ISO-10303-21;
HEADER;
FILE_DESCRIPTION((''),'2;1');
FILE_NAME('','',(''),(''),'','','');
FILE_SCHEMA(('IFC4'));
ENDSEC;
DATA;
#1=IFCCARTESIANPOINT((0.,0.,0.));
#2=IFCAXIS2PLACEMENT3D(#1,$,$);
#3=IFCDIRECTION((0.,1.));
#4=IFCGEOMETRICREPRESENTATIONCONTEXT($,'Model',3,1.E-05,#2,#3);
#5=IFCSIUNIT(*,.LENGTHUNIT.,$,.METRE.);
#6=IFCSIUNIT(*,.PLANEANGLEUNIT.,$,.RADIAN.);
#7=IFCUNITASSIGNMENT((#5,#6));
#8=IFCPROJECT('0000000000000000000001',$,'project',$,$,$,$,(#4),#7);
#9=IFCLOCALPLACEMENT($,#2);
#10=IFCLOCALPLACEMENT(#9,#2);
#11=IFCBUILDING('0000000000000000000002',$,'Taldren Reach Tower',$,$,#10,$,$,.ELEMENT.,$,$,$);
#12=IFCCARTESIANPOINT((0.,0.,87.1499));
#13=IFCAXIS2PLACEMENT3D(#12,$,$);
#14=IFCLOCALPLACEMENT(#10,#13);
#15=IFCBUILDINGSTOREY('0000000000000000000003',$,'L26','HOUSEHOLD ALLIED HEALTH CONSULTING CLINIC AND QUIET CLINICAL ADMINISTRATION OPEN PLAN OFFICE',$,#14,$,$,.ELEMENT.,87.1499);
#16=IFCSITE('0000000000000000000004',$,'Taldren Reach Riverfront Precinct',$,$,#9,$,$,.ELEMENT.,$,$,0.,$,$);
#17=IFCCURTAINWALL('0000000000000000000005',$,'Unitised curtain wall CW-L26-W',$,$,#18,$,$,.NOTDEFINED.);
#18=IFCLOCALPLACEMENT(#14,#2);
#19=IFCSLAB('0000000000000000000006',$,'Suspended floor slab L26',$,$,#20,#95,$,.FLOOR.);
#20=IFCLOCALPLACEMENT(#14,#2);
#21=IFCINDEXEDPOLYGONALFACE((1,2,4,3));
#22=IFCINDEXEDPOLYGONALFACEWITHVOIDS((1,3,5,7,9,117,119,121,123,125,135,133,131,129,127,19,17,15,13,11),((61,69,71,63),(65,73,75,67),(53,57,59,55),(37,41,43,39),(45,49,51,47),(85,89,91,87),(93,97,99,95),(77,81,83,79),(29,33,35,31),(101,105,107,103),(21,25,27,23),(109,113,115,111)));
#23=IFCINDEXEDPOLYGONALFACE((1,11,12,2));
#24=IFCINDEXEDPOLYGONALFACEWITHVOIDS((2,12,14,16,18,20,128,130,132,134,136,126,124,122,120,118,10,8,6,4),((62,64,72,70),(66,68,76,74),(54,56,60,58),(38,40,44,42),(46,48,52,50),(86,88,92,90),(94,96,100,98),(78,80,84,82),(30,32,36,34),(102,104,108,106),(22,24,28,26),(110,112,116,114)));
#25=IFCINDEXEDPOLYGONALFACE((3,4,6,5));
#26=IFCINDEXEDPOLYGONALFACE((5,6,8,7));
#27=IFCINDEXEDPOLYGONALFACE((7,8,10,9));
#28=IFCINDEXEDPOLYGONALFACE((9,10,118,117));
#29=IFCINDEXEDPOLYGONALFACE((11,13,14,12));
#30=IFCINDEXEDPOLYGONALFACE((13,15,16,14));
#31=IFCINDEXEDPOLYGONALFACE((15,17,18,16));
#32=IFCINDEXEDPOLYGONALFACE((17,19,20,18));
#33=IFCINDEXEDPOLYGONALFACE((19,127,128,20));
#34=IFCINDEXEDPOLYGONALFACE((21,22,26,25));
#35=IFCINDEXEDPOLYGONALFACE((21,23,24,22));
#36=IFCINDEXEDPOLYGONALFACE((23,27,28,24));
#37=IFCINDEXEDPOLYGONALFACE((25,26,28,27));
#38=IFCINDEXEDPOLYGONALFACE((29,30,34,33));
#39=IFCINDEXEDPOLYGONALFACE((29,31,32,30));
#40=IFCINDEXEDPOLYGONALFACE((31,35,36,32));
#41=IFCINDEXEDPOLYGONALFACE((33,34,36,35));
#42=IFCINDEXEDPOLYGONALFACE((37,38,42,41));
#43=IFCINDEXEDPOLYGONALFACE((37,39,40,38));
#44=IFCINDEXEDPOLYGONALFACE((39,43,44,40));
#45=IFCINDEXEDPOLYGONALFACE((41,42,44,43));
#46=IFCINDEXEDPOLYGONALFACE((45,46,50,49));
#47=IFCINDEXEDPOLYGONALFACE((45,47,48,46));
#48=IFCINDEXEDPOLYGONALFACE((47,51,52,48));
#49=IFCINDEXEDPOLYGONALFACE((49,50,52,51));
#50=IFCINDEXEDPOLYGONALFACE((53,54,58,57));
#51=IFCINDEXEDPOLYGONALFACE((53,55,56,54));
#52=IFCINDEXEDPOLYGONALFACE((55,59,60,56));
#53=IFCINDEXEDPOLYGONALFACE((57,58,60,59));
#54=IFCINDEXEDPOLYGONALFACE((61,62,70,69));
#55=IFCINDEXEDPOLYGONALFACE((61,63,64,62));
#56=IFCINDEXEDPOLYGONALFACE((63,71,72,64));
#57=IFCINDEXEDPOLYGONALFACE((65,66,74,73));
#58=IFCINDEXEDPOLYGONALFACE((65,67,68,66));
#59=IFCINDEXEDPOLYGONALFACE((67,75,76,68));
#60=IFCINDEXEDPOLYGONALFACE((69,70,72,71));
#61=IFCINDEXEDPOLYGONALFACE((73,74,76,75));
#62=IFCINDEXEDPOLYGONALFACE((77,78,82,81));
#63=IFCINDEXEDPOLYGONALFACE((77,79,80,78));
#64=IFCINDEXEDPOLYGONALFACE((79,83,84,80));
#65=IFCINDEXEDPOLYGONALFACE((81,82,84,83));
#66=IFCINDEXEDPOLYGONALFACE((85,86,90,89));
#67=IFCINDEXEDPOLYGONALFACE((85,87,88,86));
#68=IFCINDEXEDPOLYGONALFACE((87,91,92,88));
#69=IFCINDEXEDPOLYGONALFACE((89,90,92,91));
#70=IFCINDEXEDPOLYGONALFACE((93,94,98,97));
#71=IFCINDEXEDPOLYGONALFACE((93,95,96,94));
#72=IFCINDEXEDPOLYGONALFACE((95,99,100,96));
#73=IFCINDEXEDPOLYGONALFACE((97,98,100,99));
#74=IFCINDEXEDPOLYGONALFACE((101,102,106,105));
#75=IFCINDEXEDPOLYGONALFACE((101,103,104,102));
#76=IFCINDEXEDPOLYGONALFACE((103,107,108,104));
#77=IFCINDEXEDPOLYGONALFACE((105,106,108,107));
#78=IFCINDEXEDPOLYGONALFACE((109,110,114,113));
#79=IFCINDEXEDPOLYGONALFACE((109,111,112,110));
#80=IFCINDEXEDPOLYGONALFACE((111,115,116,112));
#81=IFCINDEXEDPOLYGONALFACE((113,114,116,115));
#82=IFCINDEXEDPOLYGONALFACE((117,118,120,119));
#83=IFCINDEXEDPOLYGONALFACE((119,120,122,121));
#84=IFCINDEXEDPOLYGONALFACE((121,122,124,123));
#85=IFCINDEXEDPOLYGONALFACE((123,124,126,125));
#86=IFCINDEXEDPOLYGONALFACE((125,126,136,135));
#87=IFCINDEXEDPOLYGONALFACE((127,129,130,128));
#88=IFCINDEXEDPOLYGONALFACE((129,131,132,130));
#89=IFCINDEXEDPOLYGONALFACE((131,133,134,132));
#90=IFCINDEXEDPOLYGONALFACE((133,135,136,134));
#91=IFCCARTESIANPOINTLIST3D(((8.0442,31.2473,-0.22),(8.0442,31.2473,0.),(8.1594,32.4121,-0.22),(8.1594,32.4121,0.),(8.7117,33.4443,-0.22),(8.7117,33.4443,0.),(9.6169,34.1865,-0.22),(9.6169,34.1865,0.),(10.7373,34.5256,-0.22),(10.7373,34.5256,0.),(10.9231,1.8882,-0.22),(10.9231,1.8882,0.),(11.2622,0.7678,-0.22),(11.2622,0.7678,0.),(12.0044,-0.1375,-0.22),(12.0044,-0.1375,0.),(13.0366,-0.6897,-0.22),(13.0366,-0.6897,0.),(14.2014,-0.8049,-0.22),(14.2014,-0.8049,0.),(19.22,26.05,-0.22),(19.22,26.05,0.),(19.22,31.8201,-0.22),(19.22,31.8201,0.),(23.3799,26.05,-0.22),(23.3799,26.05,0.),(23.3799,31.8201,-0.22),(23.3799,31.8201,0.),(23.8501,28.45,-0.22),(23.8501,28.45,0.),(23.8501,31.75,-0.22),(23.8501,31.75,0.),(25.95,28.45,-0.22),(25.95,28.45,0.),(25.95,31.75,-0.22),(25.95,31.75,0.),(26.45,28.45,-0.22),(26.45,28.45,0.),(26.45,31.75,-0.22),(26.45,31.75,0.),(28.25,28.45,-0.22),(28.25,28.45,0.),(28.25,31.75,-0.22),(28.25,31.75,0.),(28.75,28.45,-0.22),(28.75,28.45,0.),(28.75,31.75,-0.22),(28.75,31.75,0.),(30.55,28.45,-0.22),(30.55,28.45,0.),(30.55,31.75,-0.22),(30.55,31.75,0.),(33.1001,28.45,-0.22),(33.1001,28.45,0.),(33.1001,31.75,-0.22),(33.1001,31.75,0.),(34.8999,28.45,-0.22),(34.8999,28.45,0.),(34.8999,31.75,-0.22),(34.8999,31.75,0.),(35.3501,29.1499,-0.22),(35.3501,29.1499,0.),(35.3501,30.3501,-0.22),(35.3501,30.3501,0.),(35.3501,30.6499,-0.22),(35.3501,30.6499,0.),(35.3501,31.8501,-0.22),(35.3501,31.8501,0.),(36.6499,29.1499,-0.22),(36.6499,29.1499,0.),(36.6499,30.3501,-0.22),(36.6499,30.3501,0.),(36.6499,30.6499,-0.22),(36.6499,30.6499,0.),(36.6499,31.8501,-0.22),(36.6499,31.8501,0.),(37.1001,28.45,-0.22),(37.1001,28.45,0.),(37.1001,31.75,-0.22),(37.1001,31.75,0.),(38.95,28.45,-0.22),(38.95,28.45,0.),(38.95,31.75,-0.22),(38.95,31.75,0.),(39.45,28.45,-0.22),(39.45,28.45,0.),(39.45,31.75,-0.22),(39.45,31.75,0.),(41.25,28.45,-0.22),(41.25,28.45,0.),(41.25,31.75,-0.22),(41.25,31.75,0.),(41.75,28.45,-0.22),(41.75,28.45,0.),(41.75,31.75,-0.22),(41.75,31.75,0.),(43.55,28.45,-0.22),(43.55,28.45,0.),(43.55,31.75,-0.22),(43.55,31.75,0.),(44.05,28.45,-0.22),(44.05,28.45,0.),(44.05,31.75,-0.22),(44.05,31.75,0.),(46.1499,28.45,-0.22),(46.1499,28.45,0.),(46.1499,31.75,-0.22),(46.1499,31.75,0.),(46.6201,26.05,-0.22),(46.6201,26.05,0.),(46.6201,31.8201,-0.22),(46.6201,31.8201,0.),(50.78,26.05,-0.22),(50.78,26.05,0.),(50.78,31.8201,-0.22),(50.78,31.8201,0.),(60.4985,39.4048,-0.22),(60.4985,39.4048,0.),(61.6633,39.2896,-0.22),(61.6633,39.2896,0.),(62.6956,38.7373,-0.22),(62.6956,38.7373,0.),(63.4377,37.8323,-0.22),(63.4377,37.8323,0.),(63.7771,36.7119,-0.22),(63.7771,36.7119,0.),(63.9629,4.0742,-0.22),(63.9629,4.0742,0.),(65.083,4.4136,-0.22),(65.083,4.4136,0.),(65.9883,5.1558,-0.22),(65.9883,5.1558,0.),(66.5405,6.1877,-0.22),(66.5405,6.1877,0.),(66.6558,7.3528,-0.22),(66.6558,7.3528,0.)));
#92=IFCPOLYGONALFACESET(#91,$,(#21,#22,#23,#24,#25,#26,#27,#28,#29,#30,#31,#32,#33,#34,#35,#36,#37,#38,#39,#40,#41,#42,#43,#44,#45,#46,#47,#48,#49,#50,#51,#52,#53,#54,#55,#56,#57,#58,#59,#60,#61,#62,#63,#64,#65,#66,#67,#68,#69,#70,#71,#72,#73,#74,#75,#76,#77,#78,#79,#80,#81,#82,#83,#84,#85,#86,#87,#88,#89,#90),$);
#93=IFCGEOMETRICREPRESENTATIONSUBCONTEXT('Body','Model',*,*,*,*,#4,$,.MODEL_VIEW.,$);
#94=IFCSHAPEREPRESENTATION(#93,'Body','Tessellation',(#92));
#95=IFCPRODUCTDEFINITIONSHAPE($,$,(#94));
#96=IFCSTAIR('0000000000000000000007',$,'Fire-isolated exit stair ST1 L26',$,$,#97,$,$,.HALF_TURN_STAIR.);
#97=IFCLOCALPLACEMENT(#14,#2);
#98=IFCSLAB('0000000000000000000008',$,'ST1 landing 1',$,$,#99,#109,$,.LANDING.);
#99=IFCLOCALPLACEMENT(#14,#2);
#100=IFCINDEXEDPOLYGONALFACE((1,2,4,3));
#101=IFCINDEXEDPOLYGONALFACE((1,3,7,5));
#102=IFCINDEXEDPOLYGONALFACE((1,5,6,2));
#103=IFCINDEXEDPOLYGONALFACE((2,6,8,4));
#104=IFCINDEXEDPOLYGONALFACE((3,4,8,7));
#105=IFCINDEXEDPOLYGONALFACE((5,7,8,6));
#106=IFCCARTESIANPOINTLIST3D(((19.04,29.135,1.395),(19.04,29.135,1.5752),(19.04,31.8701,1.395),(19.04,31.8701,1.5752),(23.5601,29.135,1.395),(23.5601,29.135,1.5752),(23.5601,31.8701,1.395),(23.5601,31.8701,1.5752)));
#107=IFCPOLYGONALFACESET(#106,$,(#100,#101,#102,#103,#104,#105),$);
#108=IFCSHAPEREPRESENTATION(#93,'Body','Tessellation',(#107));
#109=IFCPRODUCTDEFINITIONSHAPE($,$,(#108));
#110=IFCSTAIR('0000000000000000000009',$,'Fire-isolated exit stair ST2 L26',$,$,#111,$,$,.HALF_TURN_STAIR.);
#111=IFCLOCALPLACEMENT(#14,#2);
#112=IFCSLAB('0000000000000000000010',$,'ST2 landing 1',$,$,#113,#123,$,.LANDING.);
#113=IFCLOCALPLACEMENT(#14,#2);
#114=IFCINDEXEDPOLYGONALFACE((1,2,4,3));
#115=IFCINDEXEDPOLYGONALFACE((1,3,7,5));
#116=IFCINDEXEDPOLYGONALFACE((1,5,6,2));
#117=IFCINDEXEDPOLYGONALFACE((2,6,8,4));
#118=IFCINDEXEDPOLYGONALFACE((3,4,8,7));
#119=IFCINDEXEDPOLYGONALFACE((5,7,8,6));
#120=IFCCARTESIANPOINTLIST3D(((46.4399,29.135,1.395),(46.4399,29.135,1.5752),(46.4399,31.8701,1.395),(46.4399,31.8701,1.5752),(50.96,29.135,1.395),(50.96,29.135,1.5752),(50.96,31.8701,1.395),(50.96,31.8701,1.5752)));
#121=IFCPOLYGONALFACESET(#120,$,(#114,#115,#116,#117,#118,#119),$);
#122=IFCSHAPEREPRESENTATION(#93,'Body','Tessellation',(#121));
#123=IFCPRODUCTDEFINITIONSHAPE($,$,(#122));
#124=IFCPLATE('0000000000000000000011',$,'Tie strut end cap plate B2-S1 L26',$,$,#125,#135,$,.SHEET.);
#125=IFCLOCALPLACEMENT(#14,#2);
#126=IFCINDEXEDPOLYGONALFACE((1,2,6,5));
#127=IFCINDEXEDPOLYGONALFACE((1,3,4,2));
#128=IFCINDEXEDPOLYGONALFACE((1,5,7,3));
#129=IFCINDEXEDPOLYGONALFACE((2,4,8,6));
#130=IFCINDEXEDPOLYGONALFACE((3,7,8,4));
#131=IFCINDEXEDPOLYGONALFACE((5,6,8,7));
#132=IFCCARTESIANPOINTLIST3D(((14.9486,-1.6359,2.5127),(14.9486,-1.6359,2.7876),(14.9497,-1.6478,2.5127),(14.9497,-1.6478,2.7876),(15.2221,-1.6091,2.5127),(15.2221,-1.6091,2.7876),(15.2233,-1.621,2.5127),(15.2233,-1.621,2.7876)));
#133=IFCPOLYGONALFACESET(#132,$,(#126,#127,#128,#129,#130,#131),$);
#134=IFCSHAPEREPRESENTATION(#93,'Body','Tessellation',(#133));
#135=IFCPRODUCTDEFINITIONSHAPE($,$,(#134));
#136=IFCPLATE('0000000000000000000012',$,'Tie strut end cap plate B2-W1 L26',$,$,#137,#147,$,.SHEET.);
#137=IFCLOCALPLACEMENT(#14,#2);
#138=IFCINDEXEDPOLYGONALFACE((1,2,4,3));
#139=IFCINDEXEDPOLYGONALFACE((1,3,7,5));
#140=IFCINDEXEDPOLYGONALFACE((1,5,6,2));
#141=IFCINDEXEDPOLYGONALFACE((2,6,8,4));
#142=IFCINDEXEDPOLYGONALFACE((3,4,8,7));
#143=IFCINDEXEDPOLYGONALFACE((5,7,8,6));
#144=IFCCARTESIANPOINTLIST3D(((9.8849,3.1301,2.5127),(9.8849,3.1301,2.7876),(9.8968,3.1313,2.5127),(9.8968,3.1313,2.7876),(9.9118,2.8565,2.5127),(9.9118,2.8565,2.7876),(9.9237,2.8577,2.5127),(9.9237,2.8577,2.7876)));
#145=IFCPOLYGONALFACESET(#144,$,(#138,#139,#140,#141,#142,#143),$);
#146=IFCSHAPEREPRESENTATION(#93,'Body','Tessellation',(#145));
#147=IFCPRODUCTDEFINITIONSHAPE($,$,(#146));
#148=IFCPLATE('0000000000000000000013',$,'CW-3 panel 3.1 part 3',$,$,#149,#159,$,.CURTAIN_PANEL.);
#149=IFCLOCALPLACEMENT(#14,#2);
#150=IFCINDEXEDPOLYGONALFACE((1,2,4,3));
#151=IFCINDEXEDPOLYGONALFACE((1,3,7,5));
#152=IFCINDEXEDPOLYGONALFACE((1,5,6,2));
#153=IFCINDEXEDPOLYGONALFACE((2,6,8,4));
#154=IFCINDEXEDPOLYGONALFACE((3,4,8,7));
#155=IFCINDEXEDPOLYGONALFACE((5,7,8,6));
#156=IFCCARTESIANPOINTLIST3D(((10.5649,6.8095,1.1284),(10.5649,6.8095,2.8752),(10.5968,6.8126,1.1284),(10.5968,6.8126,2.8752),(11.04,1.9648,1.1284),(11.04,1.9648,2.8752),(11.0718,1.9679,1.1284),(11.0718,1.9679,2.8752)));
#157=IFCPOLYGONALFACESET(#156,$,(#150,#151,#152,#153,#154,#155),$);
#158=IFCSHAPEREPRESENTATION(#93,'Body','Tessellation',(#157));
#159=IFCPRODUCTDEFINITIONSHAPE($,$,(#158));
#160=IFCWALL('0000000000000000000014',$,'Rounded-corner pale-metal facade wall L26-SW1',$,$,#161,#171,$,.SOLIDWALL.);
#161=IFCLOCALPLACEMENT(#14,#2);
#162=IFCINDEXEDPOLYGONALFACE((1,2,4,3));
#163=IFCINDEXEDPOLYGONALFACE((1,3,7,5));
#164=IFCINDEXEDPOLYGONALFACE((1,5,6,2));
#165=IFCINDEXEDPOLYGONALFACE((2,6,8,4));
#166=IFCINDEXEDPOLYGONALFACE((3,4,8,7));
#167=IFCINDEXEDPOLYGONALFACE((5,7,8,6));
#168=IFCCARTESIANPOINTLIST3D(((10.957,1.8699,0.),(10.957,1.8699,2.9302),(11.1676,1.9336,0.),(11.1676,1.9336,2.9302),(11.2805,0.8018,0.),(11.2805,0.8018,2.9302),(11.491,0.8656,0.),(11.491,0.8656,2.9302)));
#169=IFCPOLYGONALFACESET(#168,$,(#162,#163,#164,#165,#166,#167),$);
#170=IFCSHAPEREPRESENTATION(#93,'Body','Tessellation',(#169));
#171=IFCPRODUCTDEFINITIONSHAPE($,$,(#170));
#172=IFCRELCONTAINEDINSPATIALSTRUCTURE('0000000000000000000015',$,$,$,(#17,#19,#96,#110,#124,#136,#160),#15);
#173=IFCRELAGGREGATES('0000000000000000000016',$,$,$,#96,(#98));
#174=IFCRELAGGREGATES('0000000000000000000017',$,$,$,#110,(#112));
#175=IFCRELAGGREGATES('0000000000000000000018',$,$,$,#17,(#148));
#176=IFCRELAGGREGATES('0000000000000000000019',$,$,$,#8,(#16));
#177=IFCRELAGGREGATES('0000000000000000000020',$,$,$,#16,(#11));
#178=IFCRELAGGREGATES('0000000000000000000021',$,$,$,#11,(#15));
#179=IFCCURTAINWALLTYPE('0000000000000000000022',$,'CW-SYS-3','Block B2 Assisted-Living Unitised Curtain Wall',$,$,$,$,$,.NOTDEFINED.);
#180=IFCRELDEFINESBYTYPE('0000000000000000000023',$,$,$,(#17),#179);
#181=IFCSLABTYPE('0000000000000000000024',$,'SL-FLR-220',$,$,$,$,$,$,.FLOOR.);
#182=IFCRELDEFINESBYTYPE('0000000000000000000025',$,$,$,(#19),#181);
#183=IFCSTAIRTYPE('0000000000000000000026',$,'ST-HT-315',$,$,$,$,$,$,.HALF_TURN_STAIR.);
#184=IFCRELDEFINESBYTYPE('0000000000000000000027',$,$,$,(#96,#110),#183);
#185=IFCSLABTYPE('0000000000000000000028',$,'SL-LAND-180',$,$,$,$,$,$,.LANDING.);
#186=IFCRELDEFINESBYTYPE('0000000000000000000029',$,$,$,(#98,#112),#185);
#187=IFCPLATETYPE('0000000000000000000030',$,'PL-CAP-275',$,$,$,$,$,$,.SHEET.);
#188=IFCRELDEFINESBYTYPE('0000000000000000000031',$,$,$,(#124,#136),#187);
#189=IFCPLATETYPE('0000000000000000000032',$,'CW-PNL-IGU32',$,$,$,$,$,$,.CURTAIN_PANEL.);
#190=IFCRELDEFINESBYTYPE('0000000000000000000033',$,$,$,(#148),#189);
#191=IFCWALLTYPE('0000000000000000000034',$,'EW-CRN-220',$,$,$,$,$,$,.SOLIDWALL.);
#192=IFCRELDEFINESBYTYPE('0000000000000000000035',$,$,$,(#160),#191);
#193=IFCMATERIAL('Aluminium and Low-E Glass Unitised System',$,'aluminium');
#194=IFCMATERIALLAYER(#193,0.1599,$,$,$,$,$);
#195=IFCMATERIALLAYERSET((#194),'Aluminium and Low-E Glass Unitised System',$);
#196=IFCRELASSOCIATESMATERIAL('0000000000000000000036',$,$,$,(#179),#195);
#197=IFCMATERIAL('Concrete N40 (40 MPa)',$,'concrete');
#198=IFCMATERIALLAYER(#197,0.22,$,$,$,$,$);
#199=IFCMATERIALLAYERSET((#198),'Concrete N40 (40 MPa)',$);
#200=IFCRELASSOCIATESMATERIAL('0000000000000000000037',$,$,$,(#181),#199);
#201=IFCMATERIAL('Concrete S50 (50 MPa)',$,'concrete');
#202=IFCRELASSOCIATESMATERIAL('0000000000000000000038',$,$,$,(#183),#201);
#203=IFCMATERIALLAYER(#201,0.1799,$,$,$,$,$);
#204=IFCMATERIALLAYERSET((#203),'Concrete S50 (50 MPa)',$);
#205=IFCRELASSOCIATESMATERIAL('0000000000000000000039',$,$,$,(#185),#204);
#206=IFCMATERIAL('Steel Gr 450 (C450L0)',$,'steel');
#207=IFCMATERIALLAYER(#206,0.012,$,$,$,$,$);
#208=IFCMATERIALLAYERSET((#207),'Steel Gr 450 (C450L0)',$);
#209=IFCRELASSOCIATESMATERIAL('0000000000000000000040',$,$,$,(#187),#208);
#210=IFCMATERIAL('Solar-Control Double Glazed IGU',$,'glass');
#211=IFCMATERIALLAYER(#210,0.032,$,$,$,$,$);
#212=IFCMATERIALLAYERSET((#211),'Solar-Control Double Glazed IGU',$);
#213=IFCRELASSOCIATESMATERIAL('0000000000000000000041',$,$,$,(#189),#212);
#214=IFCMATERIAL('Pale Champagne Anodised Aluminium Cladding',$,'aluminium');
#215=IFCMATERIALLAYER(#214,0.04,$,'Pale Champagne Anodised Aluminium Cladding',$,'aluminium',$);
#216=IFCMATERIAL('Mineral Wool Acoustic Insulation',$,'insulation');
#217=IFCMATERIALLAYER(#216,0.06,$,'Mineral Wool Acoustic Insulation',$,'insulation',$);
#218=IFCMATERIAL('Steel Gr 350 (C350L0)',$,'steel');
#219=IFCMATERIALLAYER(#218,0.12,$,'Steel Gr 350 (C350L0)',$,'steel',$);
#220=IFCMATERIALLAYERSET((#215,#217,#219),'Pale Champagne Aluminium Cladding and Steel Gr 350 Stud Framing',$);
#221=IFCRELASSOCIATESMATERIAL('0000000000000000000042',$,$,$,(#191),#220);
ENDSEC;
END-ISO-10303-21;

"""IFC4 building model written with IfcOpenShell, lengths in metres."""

from ifc_helpers import new_model, si_unit, direction, frame, frame_2d, origin, origin_2d, place, context, subcontext, project, spatial, polyline, rectangle, outline, extrude, source, transform, mapped, material, layer, layer_set, type_object, element, aggregate, save


model = new_model("IFC4")

# Units and contexts
model_context = context("Model", 3, precision=1e-05, world=origin(), true_north=direction((0.0, 1.0)))
body_context = subcontext(model_context, "Body", "Model", "MODEL_VIEW")
ifc_project = project(units=[si_unit("LENGTHUNIT", "METRE"), si_unit("PLANEANGLEUNIT", "RADIAN")], contexts=[model_context])

# Site, building, storey
site_placement = place(None, origin())
site = spatial("IfcSite", under=ifc_project, at=site_placement, Name="Taldren Reach Riverfront Precinct", CompositionType="ELEMENT", RefElevation=0.0)
building_placement = place(site_placement, origin())
building = spatial("IfcBuilding", under=site, at=building_placement, Name="Taldren Reach Tower", CompositionType="ELEMENT")
storey_placement = place(building_placement, frame((0.0, 0.0, 87.1499)))
storey = spatial("IfcBuildingStorey", under=building, at=storey_placement, Name="L26", Description="HOUSEHOLD ALLIED HEALTH CONSULTING CLINIC AND QUIET CLINICAL ADMINISTRATION OPEN PLAN OFFICE", CompositionType="ELEMENT", Elevation=87.1499)

# Shared definitions
ifc_material_1 = material(Name="Steel Gr 450 (C450L0)", Category="steel")
ifc_material_2 = material(Name="Steel Gr 350 (C350L0)", Category="steel")

# Curtain wall
ifc_material_3 = material(Name="Aluminium and Low-E Glass Unitised System", Category="aluminium")
ifc_layer_1 = layer(ifc_material_3, 0.1599)
ifc_layer_set_1 = layer_set([ifc_layer_1], Name="Aluminium and Low-E Glass Unitised System")
curtain_wall_type = type_object("IfcCurtainWallType", Name="CW-SYS-3", Description="Block B2 Assisted-Living Unitised Curtain Wall", PredefinedType="NOTDEFINED", material=ifc_layer_set_1)
curtain_wall_1_placement = place(storey_placement, origin())
curtain_wall_1 = element("IfcCurtainWall", 1, at=curtain_wall_1_placement, inside=storey, type_object=curtain_wall_type, Name="Unitised curtain wall CW-L26-W", PredefinedType="NOTDEFINED")

# Slab
ifc_material_4 = material(Name="Concrete N40 (40 MPa)", Category="concrete")
ifc_layer_2 = layer(ifc_material_4, 0.22)
ifc_layer_set_2 = layer_set([ifc_layer_2], Name="Concrete N40 (40 MPa)")
slab_type_1 = type_object("IfcSlabType", Name="SL-FLR-220", PredefinedType="FLOOR", material=ifc_layer_set_2)
slab_1_placement = place(storey_placement, frame((0.0, 0.0, -0.22)))
element("IfcSlab", 2, at=slab_1_placement, inside=storey, type_object=slab_type_1, Name="Suspended floor slab L26", PredefinedType="FLOOR", context=body_context, shape_type="SweptSolid", body=[
    extrude(outline(polyline([(63.9629, 4.0742), (65.083, 4.4136), (65.9883, 5.1558), (66.5405, 6.1877), (66.6558, 7.3528), (63.7771, 36.7119), (63.4377, 37.8323), (62.6956, 38.7373), (61.6633, 39.2896), (60.4985, 39.4048), (10.7373, 34.5256), (9.6169, 34.1865), (8.7117, 33.4443), (8.1594, 32.4121), (8.0442, 31.2473), (10.9231, 1.8882), (11.2622, 0.7678), (12.0044, -0.1375), (13.0366, -0.6897), (14.2014, -0.8049), (63.9629, 4.0742)]), holes=[polyline([(19.22, 26.05), (23.3799, 26.05), (23.3799, 31.8201), (19.22, 31.8201), (19.22, 26.05)]), polyline([(46.6201, 26.05), (50.78, 26.05), (50.78, 31.8201), (46.6201, 31.8201), (46.6201, 26.05)]), polyline([(23.8501, 28.45), (25.95, 28.45), (25.95, 31.75), (23.8501, 31.75), (23.8501, 28.45)]), polyline([(44.05, 28.45), (46.1499, 28.45), (46.1499, 31.75), (44.05, 31.75), (44.05, 28.45)]), polyline([(26.45, 28.45), (28.25, 28.45), (28.25, 31.75), (26.45, 31.75), (26.45, 28.45)]), polyline([(28.75, 28.45), (30.55, 28.45), (30.55, 31.75), (28.75, 31.75), (28.75, 28.45)]), polyline([(33.1001, 28.45), (34.8999, 28.45), (34.8999, 31.75), (33.1001, 31.75), (33.1001, 28.45)]), polyline([(37.1001, 28.45), (38.95, 28.45), (38.95, 31.75), (37.1001, 31.75), (37.1001, 28.45)]), polyline([(39.45, 28.45), (41.25, 28.45), (41.25, 31.75), (39.45, 31.75), (39.45, 28.45)]), polyline([(41.75, 28.45), (43.55, 28.45), (43.55, 31.75), (41.75, 31.75), (41.75, 28.45)]), polyline([(35.3501, 30.6499), (36.6499, 30.6499), (36.6499, 31.8501), (35.3501, 31.8501), (35.3501, 30.6499)]), polyline([(35.3501, 29.1499), (36.6499, 29.1499), (36.6499, 30.3501), (35.3501, 30.3501), (35.3501, 29.1499)])]), origin(), (0.0, 0.0, 1.0), 0.22),
])

# Stairs, slabs
ifc_material_5 = material(Name="Concrete S50 (50 MPa)", Category="concrete")
stair_type = type_object("IfcStairType", Name="ST-HT-315", PredefinedType="HALF_TURN_STAIR", material=ifc_material_5)
stair_1_placement = place(storey_placement, origin())
stair_1 = element("IfcStair", 3, at=stair_1_placement, inside=storey, type_object=stair_type, Name="Fire-isolated exit stair ST1 L26", PredefinedType="HALF_TURN_STAIR")
ifc_layer_3 = layer(ifc_material_5, 0.1799)
ifc_layer_set_3 = layer_set([ifc_layer_3], Name="Concrete S50 (50 MPa)")
slab_type_2 = type_object("IfcSlabType", Name="SL-LAND-180", PredefinedType="LANDING", material=ifc_layer_set_3)
slab_2_placement = place(storey_placement, frame((0.0, 0.0, 1.395)))
slab_2 = element("IfcSlab", 4, at=slab_2_placement, type_object=slab_type_2, Name="ST1 landing 1", PredefinedType="LANDING", context=body_context, shape_type="SweptSolid", body=[
    extrude(outline(polyline([(19.04, 29.135), (23.5601, 29.135), (23.5601, 31.8701), (19.04, 31.8701), (19.04, 29.135)])), origin(), (0.0, 0.0, 1.0), 0.1802),
])
aggregate(stair_1, [slab_2])
stair_2_placement = place(storey_placement, origin())
stair_2 = element("IfcStair", 5, at=stair_2_placement, inside=storey, type_object=stair_type, Name="Fire-isolated exit stair ST2 L26", PredefinedType="HALF_TURN_STAIR")
slab_3_placement = place(storey_placement, frame((0.0, 0.0, 1.395)))
slab_3 = element("IfcSlab", 6, at=slab_3_placement, type_object=slab_type_2, Name="ST2 landing 1", PredefinedType="LANDING", context=body_context, shape_type="SweptSolid", body=[
    extrude(outline(polyline([(46.4399, 29.135), (50.96, 29.135), (50.96, 31.8701), (46.4399, 31.8701), (46.4399, 29.135)])), origin(), (0.0, 0.0, 1.0), 0.1802),
])
aggregate(stair_2, [slab_3])

# Plates
ifc_layer_4 = layer(ifc_material_1, 0.012)
ifc_layer_set_4 = layer_set([ifc_layer_4], Name="Steel Gr 450 (C450L0)")
plate_type_1 = type_object("IfcPlateType", Name="PL-CAP-275", PredefinedType="SHEET", material=ifc_layer_set_4)
shared_shape_1 = source(origin(), body_context, "Body", "SweptSolid", [
    extrude(rectangle(XDim=0.2749, YDim=0.012, at=origin_2d()), origin(), (0.0, 0.0, 1.0), 0.2749),
])
plate_1_placement = place(storey_placement, frame((15.0859, -1.6284, 2.5127), z_axis=(0.0, 0.0, 1.0), x_axis=(0.995227, 0.097583, 0.0)))
element("IfcPlate", 7, at=plate_1_placement, inside=storey, type_object=plate_type_1, Name="Tie strut end cap plate B2-S1 L26", PredefinedType="SHEET", context=body_context, shape_type="MappedRepresentation", body=[
    mapped(shared_shape_1, transform((0.0, 0.0, 0.0), scale=1.0)),
])
shared_shape_2 = source(origin(), body_context, "Body", "SweptSolid", [
    extrude(rectangle(XDim=0.012, YDim=0.2749, at=origin_2d()), origin(), (0.0, 0.0, 1.0), 0.2749),
])
plate_2_placement = place(storey_placement, frame((9.9043, 2.9939, 2.5127), z_axis=(0.0, 0.0, 1.0), x_axis=(0.995227, 0.097583, 0.0)))
element("IfcPlate", 8, at=plate_2_placement, inside=storey, type_object=plate_type_1, Name="Tie strut end cap plate B2-W1 L26", PredefinedType="SHEET", context=body_context, shape_type="MappedRepresentation", body=[
    mapped(shared_shape_2, transform((0.0, 0.0, 0.0), scale=1.0)),
])

# Plate
ifc_material_6 = material(Name="Solar-Control Double Glazed IGU", Category="glass")
ifc_layer_5 = layer(ifc_material_6, 0.032)
ifc_layer_set_5 = layer_set([ifc_layer_5], Name="Solar-Control Double Glazed IGU")
plate_type_2 = type_object("IfcPlateType", Name="CW-PNL-IGU32", PredefinedType="CURTAIN_PANEL", material=ifc_layer_set_5)
shared_shape_3 = source(origin(), body_context, "Body", "SweptSolid", [
    extrude(rectangle(XDim=4.8679, YDim=0.032, at=origin_2d()), origin(), (0.0, 0.0, 1.0), 1.7468),
])
plate_3_placement = place(storey_placement, frame((10.8184, 4.3887, 1.1284), z_axis=(0.0, 0.0, 1.0), x_axis=(0.097583, -0.995227, 0.0)))
plate_3 = element("IfcPlate", 9, at=plate_3_placement, type_object=plate_type_2, Name="CW-3 panel 3.1 part 3", PredefinedType="CURTAIN_PANEL", context=body_context, shape_type="MappedRepresentation", body=[
    mapped(shared_shape_3, transform((0.0, 0.0, 0.0), scale=1.0)),
])
aggregate(curtain_wall_1, [plate_3])

# Wall
ifc_material_7 = material(Name="Pale Champagne Anodised Aluminium Cladding", Category="aluminium")
ifc_layer_6 = layer(ifc_material_7, 0.04, Name="Pale Champagne Anodised Aluminium Cladding", Category="aluminium")
ifc_material_8 = material(Name="Mineral Wool Acoustic Insulation", Category="insulation")
ifc_layer_7 = layer(ifc_material_8, 0.06, Name="Mineral Wool Acoustic Insulation", Category="insulation")
ifc_layer_8 = layer(ifc_material_2, 0.12, Name="Steel Gr 350 (C350L0)", Category="steel")
ifc_layer_set_6 = layer_set([ifc_layer_6, ifc_layer_7, ifc_layer_8], Name="Pale Champagne Aluminium Cladding and Steel Gr 350 Stud Framing")
wall_type_1 = type_object("IfcWallType", Name="EW-CRN-220", PredefinedType="SOLIDWALL", material=ifc_layer_set_6)
shared_shape_4 = source(origin(), body_context, "Body", "SweptSolid", [
    extrude(rectangle(XDim=1.116, YDim=0.22, at=frame_2d((0.5581, 0.0))), origin(), (0.0, 0.0, 1.0), 2.9302),
])
for number, where, z_axis, x_axis, name in (
    (10, (11.0623, 1.9019, 0.0), (0.0, 0.0, 1.0), (0.289856, -0.95707, 0.0), "Rounded-corner pale-metal facade wall L26-SW1"),
):
    element("IfcWall", number, at=place(storey_placement, frame(where, z_axis=z_axis, x_axis=x_axis)), inside=storey, type_object=wall_type_1, Name=name, PredefinedType="SOLIDWALL", context=body_context, shape_type="MappedRepresentation", body=[
        mapped(shared_shape_4, transform((0.0, 0.0, 0.0), scale=1.0)),
    ])

save(model, "model.ifc")
